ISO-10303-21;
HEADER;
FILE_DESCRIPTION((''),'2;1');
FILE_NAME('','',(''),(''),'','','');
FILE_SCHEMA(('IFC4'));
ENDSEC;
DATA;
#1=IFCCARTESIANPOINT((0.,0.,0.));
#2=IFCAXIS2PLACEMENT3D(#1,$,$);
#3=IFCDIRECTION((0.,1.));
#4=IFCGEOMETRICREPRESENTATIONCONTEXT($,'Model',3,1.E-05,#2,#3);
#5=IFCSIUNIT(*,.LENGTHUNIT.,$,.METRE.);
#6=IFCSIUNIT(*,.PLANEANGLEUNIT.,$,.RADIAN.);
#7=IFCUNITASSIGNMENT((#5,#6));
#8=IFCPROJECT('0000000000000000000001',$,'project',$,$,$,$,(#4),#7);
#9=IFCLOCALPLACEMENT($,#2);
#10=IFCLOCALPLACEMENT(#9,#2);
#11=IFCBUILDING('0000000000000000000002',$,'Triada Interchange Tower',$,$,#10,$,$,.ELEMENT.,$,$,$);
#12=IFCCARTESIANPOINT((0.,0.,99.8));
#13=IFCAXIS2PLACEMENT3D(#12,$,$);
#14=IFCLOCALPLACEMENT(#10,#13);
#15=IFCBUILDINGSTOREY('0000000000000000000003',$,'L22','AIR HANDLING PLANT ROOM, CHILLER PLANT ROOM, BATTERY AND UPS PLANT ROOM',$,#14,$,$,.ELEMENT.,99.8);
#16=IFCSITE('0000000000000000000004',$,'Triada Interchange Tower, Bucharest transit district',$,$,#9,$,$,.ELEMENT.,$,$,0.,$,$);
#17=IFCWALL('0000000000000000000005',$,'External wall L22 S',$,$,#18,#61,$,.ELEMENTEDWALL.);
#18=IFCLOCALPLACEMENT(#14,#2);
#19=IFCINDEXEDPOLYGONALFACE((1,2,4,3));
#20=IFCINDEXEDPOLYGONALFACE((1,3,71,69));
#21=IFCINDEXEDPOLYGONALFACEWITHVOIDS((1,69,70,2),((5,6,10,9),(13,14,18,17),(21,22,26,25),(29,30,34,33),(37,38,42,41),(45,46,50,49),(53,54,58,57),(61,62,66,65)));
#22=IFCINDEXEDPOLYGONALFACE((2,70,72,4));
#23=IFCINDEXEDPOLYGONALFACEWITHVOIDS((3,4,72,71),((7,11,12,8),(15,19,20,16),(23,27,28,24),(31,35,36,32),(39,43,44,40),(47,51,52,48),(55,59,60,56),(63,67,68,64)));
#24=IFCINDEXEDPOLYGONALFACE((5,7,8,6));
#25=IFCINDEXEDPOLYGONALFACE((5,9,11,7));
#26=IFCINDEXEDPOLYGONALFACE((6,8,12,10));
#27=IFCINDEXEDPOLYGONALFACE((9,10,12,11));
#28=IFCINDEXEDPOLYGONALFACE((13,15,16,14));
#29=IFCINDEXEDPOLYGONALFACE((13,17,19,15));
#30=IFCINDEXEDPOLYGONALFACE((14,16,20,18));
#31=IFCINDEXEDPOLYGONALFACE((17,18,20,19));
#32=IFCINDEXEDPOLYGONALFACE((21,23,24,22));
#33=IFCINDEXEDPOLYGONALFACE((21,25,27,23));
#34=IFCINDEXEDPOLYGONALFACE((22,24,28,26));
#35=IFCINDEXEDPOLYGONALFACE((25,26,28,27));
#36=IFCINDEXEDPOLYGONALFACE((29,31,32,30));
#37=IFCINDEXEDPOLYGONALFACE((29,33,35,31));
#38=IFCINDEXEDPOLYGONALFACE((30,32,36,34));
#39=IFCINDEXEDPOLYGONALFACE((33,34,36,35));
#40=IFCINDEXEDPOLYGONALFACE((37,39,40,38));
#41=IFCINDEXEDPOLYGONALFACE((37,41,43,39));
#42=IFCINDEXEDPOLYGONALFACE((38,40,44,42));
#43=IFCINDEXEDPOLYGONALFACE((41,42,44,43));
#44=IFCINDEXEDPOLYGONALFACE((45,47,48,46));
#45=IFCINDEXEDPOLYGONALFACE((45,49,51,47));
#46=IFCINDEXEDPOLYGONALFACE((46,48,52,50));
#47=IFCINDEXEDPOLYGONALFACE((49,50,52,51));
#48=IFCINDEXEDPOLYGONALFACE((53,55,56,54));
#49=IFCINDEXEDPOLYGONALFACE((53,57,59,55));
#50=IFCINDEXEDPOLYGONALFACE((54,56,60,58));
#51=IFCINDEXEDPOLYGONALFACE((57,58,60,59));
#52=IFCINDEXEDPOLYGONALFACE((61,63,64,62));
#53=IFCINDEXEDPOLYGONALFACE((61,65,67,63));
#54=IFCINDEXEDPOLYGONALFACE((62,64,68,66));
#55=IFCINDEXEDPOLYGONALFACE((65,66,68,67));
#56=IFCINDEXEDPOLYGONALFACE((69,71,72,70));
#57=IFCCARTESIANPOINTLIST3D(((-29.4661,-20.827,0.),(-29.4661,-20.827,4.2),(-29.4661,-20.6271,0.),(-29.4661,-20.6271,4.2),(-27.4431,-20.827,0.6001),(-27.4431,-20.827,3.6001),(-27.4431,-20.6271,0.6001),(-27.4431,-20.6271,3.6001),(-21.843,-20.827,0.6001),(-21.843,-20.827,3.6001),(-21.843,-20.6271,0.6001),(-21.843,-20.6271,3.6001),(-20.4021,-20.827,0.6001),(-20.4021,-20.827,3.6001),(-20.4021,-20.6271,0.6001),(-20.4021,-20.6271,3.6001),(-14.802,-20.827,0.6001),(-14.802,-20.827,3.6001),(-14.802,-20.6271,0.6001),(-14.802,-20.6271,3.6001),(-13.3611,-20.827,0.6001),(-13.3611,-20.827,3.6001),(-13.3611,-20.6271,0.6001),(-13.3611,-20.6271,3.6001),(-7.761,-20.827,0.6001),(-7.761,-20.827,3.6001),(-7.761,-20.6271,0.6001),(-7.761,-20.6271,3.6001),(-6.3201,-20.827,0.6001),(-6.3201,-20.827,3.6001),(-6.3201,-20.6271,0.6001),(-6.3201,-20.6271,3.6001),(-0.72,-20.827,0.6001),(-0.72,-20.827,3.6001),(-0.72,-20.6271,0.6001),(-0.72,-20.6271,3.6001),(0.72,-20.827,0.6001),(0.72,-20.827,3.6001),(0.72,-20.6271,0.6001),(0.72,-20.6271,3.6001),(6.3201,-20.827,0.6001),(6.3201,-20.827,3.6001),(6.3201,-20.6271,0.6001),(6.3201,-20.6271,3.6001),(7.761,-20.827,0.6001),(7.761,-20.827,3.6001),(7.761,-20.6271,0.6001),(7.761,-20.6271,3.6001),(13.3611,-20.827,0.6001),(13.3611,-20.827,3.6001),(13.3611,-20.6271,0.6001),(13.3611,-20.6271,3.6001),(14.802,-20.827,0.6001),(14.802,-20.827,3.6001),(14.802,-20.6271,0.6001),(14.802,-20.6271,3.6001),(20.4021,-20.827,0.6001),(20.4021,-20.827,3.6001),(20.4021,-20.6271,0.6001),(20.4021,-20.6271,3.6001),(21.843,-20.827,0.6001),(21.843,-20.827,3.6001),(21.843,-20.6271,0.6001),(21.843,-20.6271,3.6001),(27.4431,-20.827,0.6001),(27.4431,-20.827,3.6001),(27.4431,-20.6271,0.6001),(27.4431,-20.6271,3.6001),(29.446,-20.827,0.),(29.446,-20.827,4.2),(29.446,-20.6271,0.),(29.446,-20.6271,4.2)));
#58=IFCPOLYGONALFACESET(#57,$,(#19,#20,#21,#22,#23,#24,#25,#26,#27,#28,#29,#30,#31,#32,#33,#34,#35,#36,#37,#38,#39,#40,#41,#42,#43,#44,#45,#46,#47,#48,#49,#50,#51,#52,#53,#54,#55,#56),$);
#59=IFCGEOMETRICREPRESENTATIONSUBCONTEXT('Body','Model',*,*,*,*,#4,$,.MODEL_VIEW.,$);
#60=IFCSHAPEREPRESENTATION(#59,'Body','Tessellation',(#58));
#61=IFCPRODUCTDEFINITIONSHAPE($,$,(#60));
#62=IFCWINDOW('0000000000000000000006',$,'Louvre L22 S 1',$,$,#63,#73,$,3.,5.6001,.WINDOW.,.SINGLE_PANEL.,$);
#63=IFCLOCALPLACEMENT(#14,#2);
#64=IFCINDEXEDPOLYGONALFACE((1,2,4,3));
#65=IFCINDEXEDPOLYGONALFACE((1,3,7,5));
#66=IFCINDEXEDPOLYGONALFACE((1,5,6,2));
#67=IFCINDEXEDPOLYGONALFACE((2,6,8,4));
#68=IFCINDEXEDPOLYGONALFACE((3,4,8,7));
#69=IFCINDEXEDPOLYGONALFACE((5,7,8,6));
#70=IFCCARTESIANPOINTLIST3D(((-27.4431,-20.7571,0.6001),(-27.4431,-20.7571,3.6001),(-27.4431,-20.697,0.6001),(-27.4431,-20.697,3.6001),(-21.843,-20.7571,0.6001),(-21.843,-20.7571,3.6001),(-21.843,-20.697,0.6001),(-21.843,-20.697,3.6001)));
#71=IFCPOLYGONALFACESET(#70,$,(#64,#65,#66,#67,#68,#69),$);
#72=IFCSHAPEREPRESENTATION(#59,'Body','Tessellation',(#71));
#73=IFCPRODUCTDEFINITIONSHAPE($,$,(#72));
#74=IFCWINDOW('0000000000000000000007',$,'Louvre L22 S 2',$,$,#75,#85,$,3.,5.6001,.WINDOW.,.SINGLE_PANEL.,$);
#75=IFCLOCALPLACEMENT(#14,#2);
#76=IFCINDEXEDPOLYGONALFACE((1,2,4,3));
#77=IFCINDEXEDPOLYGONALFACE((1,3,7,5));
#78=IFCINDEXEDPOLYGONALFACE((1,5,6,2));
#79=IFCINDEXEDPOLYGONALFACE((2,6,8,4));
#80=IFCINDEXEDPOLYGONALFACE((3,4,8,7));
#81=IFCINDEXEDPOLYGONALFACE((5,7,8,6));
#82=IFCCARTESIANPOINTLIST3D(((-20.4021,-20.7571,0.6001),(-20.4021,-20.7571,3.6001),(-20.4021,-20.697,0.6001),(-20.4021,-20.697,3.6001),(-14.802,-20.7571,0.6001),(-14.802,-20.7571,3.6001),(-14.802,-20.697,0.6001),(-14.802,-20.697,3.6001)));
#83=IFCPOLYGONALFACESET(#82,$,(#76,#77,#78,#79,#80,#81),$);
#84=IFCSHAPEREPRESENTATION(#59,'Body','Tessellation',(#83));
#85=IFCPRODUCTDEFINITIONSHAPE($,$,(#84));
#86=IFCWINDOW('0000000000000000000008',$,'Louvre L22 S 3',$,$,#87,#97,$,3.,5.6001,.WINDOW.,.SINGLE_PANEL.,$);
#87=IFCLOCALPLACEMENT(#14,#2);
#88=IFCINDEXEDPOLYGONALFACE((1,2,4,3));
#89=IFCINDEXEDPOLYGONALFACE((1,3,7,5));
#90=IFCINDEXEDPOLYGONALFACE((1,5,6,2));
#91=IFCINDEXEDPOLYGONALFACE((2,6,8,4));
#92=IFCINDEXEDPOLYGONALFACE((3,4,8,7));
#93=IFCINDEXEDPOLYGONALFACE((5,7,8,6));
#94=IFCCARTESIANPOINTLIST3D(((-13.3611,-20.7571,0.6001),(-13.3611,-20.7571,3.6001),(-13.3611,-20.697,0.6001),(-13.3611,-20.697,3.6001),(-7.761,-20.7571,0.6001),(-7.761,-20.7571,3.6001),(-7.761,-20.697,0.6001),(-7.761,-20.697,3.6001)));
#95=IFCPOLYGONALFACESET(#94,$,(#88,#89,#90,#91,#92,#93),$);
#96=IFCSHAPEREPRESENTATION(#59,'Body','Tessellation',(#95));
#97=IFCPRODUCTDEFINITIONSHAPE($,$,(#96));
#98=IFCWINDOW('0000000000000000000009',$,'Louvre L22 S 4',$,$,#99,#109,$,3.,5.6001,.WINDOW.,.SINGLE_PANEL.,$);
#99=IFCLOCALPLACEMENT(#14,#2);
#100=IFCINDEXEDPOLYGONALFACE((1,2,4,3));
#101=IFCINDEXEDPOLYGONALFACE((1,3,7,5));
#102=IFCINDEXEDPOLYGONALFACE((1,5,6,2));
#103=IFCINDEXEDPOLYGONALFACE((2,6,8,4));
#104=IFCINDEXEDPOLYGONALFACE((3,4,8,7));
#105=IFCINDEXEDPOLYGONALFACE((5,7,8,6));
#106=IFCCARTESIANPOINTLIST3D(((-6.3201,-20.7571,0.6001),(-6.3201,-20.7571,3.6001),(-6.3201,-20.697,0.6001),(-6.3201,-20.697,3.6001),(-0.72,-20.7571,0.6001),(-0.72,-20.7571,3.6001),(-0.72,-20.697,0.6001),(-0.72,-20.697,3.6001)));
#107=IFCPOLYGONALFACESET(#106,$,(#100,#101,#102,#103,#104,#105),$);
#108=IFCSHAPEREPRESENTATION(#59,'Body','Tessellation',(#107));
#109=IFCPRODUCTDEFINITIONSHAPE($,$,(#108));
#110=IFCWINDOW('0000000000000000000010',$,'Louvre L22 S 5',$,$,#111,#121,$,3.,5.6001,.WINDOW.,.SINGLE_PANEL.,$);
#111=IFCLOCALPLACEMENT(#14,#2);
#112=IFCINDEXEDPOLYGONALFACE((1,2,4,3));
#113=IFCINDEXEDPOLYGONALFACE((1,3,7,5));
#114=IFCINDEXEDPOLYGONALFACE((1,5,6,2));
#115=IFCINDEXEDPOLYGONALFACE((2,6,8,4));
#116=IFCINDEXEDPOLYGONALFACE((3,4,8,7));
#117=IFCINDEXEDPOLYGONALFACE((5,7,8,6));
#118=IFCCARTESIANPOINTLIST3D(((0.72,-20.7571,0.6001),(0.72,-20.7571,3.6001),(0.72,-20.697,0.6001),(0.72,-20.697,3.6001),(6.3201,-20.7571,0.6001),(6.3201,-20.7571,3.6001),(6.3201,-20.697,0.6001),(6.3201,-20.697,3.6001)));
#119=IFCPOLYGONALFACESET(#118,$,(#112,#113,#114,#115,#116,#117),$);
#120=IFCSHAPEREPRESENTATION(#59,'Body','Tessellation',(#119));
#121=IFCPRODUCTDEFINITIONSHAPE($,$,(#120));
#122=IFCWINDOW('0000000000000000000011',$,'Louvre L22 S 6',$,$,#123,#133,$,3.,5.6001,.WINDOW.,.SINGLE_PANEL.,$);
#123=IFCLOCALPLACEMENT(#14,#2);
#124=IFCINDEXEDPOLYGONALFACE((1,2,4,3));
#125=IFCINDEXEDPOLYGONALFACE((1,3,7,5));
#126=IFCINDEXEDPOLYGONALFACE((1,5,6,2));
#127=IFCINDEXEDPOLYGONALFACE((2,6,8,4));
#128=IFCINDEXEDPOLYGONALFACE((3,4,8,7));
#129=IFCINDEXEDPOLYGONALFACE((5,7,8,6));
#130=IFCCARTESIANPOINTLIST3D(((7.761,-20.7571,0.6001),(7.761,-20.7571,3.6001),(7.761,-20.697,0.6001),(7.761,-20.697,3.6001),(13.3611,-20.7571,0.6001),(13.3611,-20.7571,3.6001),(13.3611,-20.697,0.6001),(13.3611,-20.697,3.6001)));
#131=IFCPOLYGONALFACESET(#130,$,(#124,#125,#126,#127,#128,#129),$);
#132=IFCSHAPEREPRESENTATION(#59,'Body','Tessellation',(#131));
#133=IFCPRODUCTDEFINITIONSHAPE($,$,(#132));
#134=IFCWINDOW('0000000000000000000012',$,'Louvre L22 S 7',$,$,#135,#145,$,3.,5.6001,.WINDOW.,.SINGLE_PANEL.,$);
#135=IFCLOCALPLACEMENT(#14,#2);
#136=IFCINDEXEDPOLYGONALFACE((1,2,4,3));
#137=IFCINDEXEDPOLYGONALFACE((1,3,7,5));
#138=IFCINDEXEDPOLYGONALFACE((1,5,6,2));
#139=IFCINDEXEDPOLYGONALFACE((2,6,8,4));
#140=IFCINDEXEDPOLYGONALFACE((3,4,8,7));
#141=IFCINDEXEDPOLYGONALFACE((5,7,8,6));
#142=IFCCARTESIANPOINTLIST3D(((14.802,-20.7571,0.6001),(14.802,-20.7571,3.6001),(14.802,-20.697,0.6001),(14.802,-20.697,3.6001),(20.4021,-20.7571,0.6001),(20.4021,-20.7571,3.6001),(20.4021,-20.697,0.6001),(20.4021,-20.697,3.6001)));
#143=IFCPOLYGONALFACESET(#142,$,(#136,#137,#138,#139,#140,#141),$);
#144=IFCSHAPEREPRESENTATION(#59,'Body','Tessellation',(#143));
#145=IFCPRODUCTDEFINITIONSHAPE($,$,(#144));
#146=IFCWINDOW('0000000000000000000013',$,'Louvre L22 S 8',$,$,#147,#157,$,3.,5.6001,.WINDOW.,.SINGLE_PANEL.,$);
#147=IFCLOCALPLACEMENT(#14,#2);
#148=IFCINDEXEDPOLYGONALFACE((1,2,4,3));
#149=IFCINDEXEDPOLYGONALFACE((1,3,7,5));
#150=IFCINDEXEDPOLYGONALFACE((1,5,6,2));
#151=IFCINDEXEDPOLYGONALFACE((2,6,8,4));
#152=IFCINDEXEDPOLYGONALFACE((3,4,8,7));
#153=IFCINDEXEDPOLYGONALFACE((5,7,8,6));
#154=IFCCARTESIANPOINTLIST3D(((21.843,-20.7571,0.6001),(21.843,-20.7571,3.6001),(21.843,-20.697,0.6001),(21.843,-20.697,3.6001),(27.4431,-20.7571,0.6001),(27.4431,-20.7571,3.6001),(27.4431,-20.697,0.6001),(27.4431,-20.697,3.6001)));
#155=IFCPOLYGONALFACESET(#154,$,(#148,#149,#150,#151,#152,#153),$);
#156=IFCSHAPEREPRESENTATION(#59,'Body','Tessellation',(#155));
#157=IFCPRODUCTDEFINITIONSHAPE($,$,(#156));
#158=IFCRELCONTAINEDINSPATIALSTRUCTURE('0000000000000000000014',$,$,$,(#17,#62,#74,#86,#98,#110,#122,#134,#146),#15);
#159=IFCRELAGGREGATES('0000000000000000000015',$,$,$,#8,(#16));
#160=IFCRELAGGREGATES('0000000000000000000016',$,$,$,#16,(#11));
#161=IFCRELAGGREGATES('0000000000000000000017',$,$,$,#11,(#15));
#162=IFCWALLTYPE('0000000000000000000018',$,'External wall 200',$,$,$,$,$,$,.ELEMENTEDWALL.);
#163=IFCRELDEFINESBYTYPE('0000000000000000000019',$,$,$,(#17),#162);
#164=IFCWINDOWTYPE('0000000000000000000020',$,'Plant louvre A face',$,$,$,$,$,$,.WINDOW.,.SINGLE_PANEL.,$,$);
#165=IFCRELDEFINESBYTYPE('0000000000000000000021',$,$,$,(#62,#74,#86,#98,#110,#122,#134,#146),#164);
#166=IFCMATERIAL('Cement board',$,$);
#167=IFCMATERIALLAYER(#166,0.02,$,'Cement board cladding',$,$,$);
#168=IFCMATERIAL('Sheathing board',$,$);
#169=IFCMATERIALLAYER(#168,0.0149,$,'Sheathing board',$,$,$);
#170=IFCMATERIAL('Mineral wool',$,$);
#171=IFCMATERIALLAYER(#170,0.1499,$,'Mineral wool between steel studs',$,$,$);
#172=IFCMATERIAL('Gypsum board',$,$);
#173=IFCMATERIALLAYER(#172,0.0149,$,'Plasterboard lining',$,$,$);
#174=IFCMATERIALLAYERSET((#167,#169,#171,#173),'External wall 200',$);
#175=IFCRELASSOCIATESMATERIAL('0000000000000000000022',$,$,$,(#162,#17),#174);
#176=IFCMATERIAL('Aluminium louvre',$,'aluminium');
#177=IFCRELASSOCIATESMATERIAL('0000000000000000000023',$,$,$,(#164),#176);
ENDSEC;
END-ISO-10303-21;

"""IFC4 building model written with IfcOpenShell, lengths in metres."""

from ifc_helpers import new_model, si_unit, direction, frame, frame_2d, origin, place, context, subcontext, project, spatial, rectangle, extrude, material, layer, layer_set, layer_usage, type_object, element, fill, save


model = new_model("IFC4")

# Units and contexts
model_context = context("Model", 3, precision=1e-05, world=origin(), true_north=direction((0.0, 1.0)))
body_context = subcontext(model_context, "Body", "Model", "MODEL_VIEW")
ifc_project = project(units=[si_unit("LENGTHUNIT", "METRE"), si_unit("PLANEANGLEUNIT", "RADIAN")], contexts=[model_context])

# Site, building, storey
site_placement = place(None, origin())
site = spatial("IfcSite", under=ifc_project, at=site_placement, Name="Triada Interchange Tower, Bucharest transit district", CompositionType="ELEMENT", RefElevation=0.0)
building_placement = place(site_placement, origin())
building = spatial("IfcBuilding", under=site, at=building_placement, Name="Triada Interchange Tower", CompositionType="ELEMENT")
storey_placement = place(building_placement, frame((0.0, 0.0, 99.8)))
storey = spatial("IfcBuildingStorey", under=building, at=storey_placement, Name="L22", Description="AIR HANDLING PLANT ROOM, CHILLER PLANT ROOM, BATTERY AND UPS PLANT ROOM", CompositionType="ELEMENT", Elevation=99.8)

# Shared definitions
ifc_material_1 = material(Name="Cement board")
ifc_layer_1 = layer(ifc_material_1, 0.02, Name="Cement board cladding")
ifc_material_2 = material(Name="Sheathing board")
ifc_layer_2 = layer(ifc_material_2, 0.0149, Name="Sheathing board")
ifc_material_3 = material(Name="Mineral wool")
ifc_layer_3 = layer(ifc_material_3, 0.1499, Name="Mineral wool between steel studs")
ifc_material_4 = material(Name="Gypsum board")
ifc_layer_4 = layer(ifc_material_4, 0.0149, Name="Plasterboard lining")
ifc_layer_set_1 = layer_set([ifc_layer_1, ifc_layer_2, ifc_layer_3, ifc_layer_4], Name="External wall 200")
ifc_layer_usage = layer_usage(ifc_layer_set_1, "AXIS2", "POSITIVE", -0.1001)
wall_type_1 = type_object("IfcWallType", Name="External wall 200", PredefinedType="ELEMENTEDWALL", material=ifc_layer_set_1)
ifc_material_5 = material(Name="Aluminium louvre", Category="aluminium")

# Wall, openings, windows
wall_1_placement = place(storey_placement, frame((-29.4661, -20.7271, 0.0), z_axis=(0.0, 0.0, 1.0), x_axis=(1.0, 0.0, 0.0)))
wall_1 = element("IfcWall", 1, at=wall_1_placement, inside=storey, type_object=wall_type_1, material=ifc_layer_usage, Name="External wall L22 S", PredefinedType="ELEMENTEDWALL", context=body_context, shape_type="SweptSolid", body=[
    extrude(rectangle(XDim=58.9121, YDim=0.2, at=frame_2d((29.4561, 0.0))), origin(), (0.0, 0.0, 1.0), 4.2),
])
opening_1_placement = place(wall_1_placement, frame((2.0229, 0.0, 0.6001)))
opening_1 = element("IfcOpeningElement", 2, at=opening_1_placement, cuts=wall_1, PredefinedType="OPENING", context=body_context, shape_type="SweptSolid", body=[
    extrude(rectangle(XDim=5.6001, YDim=3.0, at=frame_2d((2.8, 1.5))), frame((0.0, 0.1099, 0.0), z_axis=(0.0, -1.0, 0.0), x_axis=(1.0, 0.0, 0.0)), (0.0, 0.0, 1.0), 0.22),
])
opening_2_placement = place(wall_1_placement, frame((9.064, 0.0, 0.6001)))
opening_2 = element("IfcOpeningElement", 3, at=opening_2_placement, cuts=wall_1, PredefinedType="OPENING", context=body_context, shape_type="SweptSolid", body=[
    extrude(rectangle(XDim=5.6001, YDim=3.0, at=frame_2d((2.8, 1.5))), frame((0.0, 0.1099, 0.0), z_axis=(0.0, -1.0, 0.0), x_axis=(1.0, 0.0, 0.0)), (0.0, 0.0, 1.0), 0.22),
])
opening_3_placement = place(wall_1_placement, frame((16.105, 0.0, 0.6001)))
opening_3 = element("IfcOpeningElement", 4, at=opening_3_placement, cuts=wall_1, PredefinedType="OPENING", context=body_context, shape_type="SweptSolid", body=[
    extrude(rectangle(XDim=5.6001, YDim=3.0, at=frame_2d((2.8, 1.5))), frame((0.0, 0.1099, 0.0), z_axis=(0.0, -1.0, 0.0), x_axis=(1.0, 0.0, 0.0)), (0.0, 0.0, 1.0), 0.22),
])
opening_4_placement = place(wall_1_placement, frame((23.146, 0.0, 0.6001)))
opening_4 = element("IfcOpeningElement", 5, at=opening_4_placement, cuts=wall_1, PredefinedType="OPENING", context=body_context, shape_type="SweptSolid", body=[
    extrude(rectangle(XDim=5.6001, YDim=3.0, at=frame_2d((2.8, 1.5))), frame((0.0, 0.1099, 0.0), z_axis=(0.0, -1.0, 0.0), x_axis=(1.0, 0.0, 0.0)), (0.0, 0.0, 1.0), 0.22),
])
opening_5_placement = place(wall_1_placement, frame((30.186, 0.0, 0.6001)))
opening_5 = element("IfcOpeningElement", 6, at=opening_5_placement, cuts=wall_1, PredefinedType="OPENING", context=body_context, shape_type="SweptSolid", body=[
    extrude(rectangle(XDim=5.6001, YDim=3.0, at=frame_2d((2.8, 1.5))), frame((0.0, 0.1099, 0.0), z_axis=(0.0, -1.0, 0.0), x_axis=(1.0, 0.0, 0.0)), (0.0, 0.0, 1.0), 0.22),
])
opening_6_placement = place(wall_1_placement, frame((37.2271, 0.0, 0.6001)))
opening_6 = element("IfcOpeningElement", 7, at=opening_6_placement, cuts=wall_1, PredefinedType="OPENING", context=body_context, shape_type="SweptSolid", body=[
    extrude(rectangle(XDim=5.6001, YDim=3.0, at=frame_2d((2.8, 1.5))), frame((0.0, 0.1099, 0.0), z_axis=(0.0, -1.0, 0.0), x_axis=(1.0, 0.0, 0.0)), (0.0, 0.0, 1.0), 0.22),
])
opening_7_placement = place(wall_1_placement, frame((44.2681, 0.0, 0.6001)))
opening_7 = element("IfcOpeningElement", 8, at=opening_7_placement, cuts=wall_1, PredefinedType="OPENING", context=body_context, shape_type="SweptSolid", body=[
    extrude(rectangle(XDim=5.6001, YDim=3.0, at=frame_2d((2.8, 1.5))), frame((0.0, 0.1099, 0.0), z_axis=(0.0, -1.0, 0.0), x_axis=(1.0, 0.0, 0.0)), (0.0, 0.0, 1.0), 0.22),
])
opening_8_placement = place(wall_1_placement, frame((51.3091, 0.0, 0.6001)))
opening_8 = element("IfcOpeningElement", 9, at=opening_8_placement, cuts=wall_1, PredefinedType="OPENING", context=body_context, shape_type="SweptSolid", body=[
    extrude(rectangle(XDim=5.6001, YDim=3.0, at=frame_2d((2.8, 1.5))), frame((0.0, 0.1099, 0.0), z_axis=(0.0, -1.0, 0.0), x_axis=(1.0, 0.0, 0.0)), (0.0, 0.0, 1.0), 0.22),
])
window_type_1 = type_object("IfcWindowType", Name="Plant louvre A face", PartitioningType="SINGLE_PANEL", PredefinedType="WINDOW", material=ifc_material_5)
window_1_placement = place(opening_1_placement, origin())
window_1 = element("IfcWindow", 10, at=window_1_placement, inside=storey, type_object=window_type_1, Name="Louvre L22 S 1", OverallHeight=3.0, OverallWidth=5.6001, PartitioningType="SINGLE_PANEL", PredefinedType="WINDOW", context=body_context, shape_type="SweptSolid", body=[
    extrude(rectangle(XDim=5.6001, YDim=3.0, at=frame_2d((2.8, 1.5))), frame((0.0, 0.03, 0.0), z_axis=(0.0, -1.0, 0.0), x_axis=(1.0, 0.0, 0.0)), (0.0, 0.0, 1.0), 0.0601),
])
fill(opening_1, window_1)
window_2_placement = place(opening_2_placement, origin())
window_2 = element("IfcWindow", 11, at=window_2_placement, inside=storey, type_object=window_type_1, Name="Louvre L22 S 2", OverallHeight=3.0, OverallWidth=5.6001, PartitioningType="SINGLE_PANEL", PredefinedType="WINDOW", context=body_context, shape_type="SweptSolid", body=[
    extrude(rectangle(XDim=5.6001, YDim=3.0, at=frame_2d((2.8, 1.5))), frame((0.0, 0.03, 0.0), z_axis=(0.0, -1.0, 0.0), x_axis=(1.0, 0.0, 0.0)), (0.0, 0.0, 1.0), 0.0601),
])
fill(opening_2, window_2)
window_3_placement = place(opening_3_placement, origin())
window_3 = element("IfcWindow", 12, at=window_3_placement, inside=storey, type_object=window_type_1, Name="Louvre L22 S 3", OverallHeight=3.0, OverallWidth=5.6001, PartitioningType="SINGLE_PANEL", PredefinedType="WINDOW", context=body_context, shape_type="SweptSolid", body=[
    extrude(rectangle(XDim=5.6001, YDim=3.0, at=frame_2d((2.8, 1.5))), frame((0.0, 0.03, 0.0), z_axis=(0.0, -1.0, 0.0), x_axis=(1.0, 0.0, 0.0)), (0.0, 0.0, 1.0), 0.0601),
])
fill(opening_3, window_3)
window_4_placement = place(opening_4_placement, origin())
window_4 = element("IfcWindow", 13, at=window_4_placement, inside=storey, type_object=window_type_1, Name="Louvre L22 S 4", OverallHeight=3.0, OverallWidth=5.6001, PartitioningType="SINGLE_PANEL", PredefinedType="WINDOW", context=body_context, shape_type="SweptSolid", body=[
    extrude(rectangle(XDim=5.6001, YDim=3.0, at=frame_2d((2.8, 1.5))), frame((0.0, 0.03, 0.0), z_axis=(0.0, -1.0, 0.0), x_axis=(1.0, 0.0, 0.0)), (0.0, 0.0, 1.0), 0.0601),
])
fill(opening_4, window_4)
window_5_placement = place(opening_5_placement, origin())
window_5 = element("IfcWindow", 14, at=window_5_placement, inside=storey, type_object=window_type_1, Name="Louvre L22 S 5", OverallHeight=3.0, OverallWidth=5.6001, PartitioningType="SINGLE_PANEL", PredefinedType="WINDOW", context=body_context, shape_type="SweptSolid", body=[
    extrude(rectangle(XDim=5.6001, YDim=3.0, at=frame_2d((2.8, 1.5))), frame((0.0, 0.03, 0.0), z_axis=(0.0, -1.0, 0.0), x_axis=(1.0, 0.0, 0.0)), (0.0, 0.0, 1.0), 0.0601),
])
fill(opening_5, window_5)
window_6_placement = place(opening_6_placement, origin())
window_6 = element("IfcWindow", 15, at=window_6_placement, inside=storey, type_object=window_type_1, Name="Louvre L22 S 6", OverallHeight=3.0, OverallWidth=5.6001, PartitioningType="SINGLE_PANEL", PredefinedType="WINDOW", context=body_context, shape_type="SweptSolid", body=[
    extrude(rectangle(XDim=5.6001, YDim=3.0, at=frame_2d((2.8, 1.5))), frame((0.0, 0.03, 0.0), z_axis=(0.0, -1.0, 0.0), x_axis=(1.0, 0.0, 0.0)), (0.0, 0.0, 1.0), 0.0601),
])
fill(opening_6, window_6)
window_7_placement = place(opening_7_placement, origin())
window_7 = element("IfcWindow", 16, at=window_7_placement, inside=storey, type_object=window_type_1, Name="Louvre L22 S 7", OverallHeight=3.0, OverallWidth=5.6001, PartitioningType="SINGLE_PANEL", PredefinedType="WINDOW", context=body_context, shape_type="SweptSolid", body=[
    extrude(rectangle(XDim=5.6001, YDim=3.0, at=frame_2d((2.8, 1.5))), frame((0.0, 0.03, 0.0), z_axis=(0.0, -1.0, 0.0), x_axis=(1.0, 0.0, 0.0)), (0.0, 0.0, 1.0), 0.0601),
])
fill(opening_7, window_7)
window_8_placement = place(opening_8_placement, origin())
window_8 = element("IfcWindow", 17, at=window_8_placement, inside=storey, type_object=window_type_1, Name="Louvre L22 S 8", OverallHeight=3.0, OverallWidth=5.6001, PartitioningType="SINGLE_PANEL", PredefinedType="WINDOW", context=body_context, shape_type="SweptSolid", body=[
    extrude(rectangle(XDim=5.6001, YDim=3.0, at=frame_2d((2.8, 1.5))), frame((0.0, 0.03, 0.0), z_axis=(0.0, -1.0, 0.0), x_axis=(1.0, 0.0, 0.0)), (0.0, 0.0, 1.0), 0.0601),
])
fill(opening_8, window_8)

save(model, "model.ifc")
